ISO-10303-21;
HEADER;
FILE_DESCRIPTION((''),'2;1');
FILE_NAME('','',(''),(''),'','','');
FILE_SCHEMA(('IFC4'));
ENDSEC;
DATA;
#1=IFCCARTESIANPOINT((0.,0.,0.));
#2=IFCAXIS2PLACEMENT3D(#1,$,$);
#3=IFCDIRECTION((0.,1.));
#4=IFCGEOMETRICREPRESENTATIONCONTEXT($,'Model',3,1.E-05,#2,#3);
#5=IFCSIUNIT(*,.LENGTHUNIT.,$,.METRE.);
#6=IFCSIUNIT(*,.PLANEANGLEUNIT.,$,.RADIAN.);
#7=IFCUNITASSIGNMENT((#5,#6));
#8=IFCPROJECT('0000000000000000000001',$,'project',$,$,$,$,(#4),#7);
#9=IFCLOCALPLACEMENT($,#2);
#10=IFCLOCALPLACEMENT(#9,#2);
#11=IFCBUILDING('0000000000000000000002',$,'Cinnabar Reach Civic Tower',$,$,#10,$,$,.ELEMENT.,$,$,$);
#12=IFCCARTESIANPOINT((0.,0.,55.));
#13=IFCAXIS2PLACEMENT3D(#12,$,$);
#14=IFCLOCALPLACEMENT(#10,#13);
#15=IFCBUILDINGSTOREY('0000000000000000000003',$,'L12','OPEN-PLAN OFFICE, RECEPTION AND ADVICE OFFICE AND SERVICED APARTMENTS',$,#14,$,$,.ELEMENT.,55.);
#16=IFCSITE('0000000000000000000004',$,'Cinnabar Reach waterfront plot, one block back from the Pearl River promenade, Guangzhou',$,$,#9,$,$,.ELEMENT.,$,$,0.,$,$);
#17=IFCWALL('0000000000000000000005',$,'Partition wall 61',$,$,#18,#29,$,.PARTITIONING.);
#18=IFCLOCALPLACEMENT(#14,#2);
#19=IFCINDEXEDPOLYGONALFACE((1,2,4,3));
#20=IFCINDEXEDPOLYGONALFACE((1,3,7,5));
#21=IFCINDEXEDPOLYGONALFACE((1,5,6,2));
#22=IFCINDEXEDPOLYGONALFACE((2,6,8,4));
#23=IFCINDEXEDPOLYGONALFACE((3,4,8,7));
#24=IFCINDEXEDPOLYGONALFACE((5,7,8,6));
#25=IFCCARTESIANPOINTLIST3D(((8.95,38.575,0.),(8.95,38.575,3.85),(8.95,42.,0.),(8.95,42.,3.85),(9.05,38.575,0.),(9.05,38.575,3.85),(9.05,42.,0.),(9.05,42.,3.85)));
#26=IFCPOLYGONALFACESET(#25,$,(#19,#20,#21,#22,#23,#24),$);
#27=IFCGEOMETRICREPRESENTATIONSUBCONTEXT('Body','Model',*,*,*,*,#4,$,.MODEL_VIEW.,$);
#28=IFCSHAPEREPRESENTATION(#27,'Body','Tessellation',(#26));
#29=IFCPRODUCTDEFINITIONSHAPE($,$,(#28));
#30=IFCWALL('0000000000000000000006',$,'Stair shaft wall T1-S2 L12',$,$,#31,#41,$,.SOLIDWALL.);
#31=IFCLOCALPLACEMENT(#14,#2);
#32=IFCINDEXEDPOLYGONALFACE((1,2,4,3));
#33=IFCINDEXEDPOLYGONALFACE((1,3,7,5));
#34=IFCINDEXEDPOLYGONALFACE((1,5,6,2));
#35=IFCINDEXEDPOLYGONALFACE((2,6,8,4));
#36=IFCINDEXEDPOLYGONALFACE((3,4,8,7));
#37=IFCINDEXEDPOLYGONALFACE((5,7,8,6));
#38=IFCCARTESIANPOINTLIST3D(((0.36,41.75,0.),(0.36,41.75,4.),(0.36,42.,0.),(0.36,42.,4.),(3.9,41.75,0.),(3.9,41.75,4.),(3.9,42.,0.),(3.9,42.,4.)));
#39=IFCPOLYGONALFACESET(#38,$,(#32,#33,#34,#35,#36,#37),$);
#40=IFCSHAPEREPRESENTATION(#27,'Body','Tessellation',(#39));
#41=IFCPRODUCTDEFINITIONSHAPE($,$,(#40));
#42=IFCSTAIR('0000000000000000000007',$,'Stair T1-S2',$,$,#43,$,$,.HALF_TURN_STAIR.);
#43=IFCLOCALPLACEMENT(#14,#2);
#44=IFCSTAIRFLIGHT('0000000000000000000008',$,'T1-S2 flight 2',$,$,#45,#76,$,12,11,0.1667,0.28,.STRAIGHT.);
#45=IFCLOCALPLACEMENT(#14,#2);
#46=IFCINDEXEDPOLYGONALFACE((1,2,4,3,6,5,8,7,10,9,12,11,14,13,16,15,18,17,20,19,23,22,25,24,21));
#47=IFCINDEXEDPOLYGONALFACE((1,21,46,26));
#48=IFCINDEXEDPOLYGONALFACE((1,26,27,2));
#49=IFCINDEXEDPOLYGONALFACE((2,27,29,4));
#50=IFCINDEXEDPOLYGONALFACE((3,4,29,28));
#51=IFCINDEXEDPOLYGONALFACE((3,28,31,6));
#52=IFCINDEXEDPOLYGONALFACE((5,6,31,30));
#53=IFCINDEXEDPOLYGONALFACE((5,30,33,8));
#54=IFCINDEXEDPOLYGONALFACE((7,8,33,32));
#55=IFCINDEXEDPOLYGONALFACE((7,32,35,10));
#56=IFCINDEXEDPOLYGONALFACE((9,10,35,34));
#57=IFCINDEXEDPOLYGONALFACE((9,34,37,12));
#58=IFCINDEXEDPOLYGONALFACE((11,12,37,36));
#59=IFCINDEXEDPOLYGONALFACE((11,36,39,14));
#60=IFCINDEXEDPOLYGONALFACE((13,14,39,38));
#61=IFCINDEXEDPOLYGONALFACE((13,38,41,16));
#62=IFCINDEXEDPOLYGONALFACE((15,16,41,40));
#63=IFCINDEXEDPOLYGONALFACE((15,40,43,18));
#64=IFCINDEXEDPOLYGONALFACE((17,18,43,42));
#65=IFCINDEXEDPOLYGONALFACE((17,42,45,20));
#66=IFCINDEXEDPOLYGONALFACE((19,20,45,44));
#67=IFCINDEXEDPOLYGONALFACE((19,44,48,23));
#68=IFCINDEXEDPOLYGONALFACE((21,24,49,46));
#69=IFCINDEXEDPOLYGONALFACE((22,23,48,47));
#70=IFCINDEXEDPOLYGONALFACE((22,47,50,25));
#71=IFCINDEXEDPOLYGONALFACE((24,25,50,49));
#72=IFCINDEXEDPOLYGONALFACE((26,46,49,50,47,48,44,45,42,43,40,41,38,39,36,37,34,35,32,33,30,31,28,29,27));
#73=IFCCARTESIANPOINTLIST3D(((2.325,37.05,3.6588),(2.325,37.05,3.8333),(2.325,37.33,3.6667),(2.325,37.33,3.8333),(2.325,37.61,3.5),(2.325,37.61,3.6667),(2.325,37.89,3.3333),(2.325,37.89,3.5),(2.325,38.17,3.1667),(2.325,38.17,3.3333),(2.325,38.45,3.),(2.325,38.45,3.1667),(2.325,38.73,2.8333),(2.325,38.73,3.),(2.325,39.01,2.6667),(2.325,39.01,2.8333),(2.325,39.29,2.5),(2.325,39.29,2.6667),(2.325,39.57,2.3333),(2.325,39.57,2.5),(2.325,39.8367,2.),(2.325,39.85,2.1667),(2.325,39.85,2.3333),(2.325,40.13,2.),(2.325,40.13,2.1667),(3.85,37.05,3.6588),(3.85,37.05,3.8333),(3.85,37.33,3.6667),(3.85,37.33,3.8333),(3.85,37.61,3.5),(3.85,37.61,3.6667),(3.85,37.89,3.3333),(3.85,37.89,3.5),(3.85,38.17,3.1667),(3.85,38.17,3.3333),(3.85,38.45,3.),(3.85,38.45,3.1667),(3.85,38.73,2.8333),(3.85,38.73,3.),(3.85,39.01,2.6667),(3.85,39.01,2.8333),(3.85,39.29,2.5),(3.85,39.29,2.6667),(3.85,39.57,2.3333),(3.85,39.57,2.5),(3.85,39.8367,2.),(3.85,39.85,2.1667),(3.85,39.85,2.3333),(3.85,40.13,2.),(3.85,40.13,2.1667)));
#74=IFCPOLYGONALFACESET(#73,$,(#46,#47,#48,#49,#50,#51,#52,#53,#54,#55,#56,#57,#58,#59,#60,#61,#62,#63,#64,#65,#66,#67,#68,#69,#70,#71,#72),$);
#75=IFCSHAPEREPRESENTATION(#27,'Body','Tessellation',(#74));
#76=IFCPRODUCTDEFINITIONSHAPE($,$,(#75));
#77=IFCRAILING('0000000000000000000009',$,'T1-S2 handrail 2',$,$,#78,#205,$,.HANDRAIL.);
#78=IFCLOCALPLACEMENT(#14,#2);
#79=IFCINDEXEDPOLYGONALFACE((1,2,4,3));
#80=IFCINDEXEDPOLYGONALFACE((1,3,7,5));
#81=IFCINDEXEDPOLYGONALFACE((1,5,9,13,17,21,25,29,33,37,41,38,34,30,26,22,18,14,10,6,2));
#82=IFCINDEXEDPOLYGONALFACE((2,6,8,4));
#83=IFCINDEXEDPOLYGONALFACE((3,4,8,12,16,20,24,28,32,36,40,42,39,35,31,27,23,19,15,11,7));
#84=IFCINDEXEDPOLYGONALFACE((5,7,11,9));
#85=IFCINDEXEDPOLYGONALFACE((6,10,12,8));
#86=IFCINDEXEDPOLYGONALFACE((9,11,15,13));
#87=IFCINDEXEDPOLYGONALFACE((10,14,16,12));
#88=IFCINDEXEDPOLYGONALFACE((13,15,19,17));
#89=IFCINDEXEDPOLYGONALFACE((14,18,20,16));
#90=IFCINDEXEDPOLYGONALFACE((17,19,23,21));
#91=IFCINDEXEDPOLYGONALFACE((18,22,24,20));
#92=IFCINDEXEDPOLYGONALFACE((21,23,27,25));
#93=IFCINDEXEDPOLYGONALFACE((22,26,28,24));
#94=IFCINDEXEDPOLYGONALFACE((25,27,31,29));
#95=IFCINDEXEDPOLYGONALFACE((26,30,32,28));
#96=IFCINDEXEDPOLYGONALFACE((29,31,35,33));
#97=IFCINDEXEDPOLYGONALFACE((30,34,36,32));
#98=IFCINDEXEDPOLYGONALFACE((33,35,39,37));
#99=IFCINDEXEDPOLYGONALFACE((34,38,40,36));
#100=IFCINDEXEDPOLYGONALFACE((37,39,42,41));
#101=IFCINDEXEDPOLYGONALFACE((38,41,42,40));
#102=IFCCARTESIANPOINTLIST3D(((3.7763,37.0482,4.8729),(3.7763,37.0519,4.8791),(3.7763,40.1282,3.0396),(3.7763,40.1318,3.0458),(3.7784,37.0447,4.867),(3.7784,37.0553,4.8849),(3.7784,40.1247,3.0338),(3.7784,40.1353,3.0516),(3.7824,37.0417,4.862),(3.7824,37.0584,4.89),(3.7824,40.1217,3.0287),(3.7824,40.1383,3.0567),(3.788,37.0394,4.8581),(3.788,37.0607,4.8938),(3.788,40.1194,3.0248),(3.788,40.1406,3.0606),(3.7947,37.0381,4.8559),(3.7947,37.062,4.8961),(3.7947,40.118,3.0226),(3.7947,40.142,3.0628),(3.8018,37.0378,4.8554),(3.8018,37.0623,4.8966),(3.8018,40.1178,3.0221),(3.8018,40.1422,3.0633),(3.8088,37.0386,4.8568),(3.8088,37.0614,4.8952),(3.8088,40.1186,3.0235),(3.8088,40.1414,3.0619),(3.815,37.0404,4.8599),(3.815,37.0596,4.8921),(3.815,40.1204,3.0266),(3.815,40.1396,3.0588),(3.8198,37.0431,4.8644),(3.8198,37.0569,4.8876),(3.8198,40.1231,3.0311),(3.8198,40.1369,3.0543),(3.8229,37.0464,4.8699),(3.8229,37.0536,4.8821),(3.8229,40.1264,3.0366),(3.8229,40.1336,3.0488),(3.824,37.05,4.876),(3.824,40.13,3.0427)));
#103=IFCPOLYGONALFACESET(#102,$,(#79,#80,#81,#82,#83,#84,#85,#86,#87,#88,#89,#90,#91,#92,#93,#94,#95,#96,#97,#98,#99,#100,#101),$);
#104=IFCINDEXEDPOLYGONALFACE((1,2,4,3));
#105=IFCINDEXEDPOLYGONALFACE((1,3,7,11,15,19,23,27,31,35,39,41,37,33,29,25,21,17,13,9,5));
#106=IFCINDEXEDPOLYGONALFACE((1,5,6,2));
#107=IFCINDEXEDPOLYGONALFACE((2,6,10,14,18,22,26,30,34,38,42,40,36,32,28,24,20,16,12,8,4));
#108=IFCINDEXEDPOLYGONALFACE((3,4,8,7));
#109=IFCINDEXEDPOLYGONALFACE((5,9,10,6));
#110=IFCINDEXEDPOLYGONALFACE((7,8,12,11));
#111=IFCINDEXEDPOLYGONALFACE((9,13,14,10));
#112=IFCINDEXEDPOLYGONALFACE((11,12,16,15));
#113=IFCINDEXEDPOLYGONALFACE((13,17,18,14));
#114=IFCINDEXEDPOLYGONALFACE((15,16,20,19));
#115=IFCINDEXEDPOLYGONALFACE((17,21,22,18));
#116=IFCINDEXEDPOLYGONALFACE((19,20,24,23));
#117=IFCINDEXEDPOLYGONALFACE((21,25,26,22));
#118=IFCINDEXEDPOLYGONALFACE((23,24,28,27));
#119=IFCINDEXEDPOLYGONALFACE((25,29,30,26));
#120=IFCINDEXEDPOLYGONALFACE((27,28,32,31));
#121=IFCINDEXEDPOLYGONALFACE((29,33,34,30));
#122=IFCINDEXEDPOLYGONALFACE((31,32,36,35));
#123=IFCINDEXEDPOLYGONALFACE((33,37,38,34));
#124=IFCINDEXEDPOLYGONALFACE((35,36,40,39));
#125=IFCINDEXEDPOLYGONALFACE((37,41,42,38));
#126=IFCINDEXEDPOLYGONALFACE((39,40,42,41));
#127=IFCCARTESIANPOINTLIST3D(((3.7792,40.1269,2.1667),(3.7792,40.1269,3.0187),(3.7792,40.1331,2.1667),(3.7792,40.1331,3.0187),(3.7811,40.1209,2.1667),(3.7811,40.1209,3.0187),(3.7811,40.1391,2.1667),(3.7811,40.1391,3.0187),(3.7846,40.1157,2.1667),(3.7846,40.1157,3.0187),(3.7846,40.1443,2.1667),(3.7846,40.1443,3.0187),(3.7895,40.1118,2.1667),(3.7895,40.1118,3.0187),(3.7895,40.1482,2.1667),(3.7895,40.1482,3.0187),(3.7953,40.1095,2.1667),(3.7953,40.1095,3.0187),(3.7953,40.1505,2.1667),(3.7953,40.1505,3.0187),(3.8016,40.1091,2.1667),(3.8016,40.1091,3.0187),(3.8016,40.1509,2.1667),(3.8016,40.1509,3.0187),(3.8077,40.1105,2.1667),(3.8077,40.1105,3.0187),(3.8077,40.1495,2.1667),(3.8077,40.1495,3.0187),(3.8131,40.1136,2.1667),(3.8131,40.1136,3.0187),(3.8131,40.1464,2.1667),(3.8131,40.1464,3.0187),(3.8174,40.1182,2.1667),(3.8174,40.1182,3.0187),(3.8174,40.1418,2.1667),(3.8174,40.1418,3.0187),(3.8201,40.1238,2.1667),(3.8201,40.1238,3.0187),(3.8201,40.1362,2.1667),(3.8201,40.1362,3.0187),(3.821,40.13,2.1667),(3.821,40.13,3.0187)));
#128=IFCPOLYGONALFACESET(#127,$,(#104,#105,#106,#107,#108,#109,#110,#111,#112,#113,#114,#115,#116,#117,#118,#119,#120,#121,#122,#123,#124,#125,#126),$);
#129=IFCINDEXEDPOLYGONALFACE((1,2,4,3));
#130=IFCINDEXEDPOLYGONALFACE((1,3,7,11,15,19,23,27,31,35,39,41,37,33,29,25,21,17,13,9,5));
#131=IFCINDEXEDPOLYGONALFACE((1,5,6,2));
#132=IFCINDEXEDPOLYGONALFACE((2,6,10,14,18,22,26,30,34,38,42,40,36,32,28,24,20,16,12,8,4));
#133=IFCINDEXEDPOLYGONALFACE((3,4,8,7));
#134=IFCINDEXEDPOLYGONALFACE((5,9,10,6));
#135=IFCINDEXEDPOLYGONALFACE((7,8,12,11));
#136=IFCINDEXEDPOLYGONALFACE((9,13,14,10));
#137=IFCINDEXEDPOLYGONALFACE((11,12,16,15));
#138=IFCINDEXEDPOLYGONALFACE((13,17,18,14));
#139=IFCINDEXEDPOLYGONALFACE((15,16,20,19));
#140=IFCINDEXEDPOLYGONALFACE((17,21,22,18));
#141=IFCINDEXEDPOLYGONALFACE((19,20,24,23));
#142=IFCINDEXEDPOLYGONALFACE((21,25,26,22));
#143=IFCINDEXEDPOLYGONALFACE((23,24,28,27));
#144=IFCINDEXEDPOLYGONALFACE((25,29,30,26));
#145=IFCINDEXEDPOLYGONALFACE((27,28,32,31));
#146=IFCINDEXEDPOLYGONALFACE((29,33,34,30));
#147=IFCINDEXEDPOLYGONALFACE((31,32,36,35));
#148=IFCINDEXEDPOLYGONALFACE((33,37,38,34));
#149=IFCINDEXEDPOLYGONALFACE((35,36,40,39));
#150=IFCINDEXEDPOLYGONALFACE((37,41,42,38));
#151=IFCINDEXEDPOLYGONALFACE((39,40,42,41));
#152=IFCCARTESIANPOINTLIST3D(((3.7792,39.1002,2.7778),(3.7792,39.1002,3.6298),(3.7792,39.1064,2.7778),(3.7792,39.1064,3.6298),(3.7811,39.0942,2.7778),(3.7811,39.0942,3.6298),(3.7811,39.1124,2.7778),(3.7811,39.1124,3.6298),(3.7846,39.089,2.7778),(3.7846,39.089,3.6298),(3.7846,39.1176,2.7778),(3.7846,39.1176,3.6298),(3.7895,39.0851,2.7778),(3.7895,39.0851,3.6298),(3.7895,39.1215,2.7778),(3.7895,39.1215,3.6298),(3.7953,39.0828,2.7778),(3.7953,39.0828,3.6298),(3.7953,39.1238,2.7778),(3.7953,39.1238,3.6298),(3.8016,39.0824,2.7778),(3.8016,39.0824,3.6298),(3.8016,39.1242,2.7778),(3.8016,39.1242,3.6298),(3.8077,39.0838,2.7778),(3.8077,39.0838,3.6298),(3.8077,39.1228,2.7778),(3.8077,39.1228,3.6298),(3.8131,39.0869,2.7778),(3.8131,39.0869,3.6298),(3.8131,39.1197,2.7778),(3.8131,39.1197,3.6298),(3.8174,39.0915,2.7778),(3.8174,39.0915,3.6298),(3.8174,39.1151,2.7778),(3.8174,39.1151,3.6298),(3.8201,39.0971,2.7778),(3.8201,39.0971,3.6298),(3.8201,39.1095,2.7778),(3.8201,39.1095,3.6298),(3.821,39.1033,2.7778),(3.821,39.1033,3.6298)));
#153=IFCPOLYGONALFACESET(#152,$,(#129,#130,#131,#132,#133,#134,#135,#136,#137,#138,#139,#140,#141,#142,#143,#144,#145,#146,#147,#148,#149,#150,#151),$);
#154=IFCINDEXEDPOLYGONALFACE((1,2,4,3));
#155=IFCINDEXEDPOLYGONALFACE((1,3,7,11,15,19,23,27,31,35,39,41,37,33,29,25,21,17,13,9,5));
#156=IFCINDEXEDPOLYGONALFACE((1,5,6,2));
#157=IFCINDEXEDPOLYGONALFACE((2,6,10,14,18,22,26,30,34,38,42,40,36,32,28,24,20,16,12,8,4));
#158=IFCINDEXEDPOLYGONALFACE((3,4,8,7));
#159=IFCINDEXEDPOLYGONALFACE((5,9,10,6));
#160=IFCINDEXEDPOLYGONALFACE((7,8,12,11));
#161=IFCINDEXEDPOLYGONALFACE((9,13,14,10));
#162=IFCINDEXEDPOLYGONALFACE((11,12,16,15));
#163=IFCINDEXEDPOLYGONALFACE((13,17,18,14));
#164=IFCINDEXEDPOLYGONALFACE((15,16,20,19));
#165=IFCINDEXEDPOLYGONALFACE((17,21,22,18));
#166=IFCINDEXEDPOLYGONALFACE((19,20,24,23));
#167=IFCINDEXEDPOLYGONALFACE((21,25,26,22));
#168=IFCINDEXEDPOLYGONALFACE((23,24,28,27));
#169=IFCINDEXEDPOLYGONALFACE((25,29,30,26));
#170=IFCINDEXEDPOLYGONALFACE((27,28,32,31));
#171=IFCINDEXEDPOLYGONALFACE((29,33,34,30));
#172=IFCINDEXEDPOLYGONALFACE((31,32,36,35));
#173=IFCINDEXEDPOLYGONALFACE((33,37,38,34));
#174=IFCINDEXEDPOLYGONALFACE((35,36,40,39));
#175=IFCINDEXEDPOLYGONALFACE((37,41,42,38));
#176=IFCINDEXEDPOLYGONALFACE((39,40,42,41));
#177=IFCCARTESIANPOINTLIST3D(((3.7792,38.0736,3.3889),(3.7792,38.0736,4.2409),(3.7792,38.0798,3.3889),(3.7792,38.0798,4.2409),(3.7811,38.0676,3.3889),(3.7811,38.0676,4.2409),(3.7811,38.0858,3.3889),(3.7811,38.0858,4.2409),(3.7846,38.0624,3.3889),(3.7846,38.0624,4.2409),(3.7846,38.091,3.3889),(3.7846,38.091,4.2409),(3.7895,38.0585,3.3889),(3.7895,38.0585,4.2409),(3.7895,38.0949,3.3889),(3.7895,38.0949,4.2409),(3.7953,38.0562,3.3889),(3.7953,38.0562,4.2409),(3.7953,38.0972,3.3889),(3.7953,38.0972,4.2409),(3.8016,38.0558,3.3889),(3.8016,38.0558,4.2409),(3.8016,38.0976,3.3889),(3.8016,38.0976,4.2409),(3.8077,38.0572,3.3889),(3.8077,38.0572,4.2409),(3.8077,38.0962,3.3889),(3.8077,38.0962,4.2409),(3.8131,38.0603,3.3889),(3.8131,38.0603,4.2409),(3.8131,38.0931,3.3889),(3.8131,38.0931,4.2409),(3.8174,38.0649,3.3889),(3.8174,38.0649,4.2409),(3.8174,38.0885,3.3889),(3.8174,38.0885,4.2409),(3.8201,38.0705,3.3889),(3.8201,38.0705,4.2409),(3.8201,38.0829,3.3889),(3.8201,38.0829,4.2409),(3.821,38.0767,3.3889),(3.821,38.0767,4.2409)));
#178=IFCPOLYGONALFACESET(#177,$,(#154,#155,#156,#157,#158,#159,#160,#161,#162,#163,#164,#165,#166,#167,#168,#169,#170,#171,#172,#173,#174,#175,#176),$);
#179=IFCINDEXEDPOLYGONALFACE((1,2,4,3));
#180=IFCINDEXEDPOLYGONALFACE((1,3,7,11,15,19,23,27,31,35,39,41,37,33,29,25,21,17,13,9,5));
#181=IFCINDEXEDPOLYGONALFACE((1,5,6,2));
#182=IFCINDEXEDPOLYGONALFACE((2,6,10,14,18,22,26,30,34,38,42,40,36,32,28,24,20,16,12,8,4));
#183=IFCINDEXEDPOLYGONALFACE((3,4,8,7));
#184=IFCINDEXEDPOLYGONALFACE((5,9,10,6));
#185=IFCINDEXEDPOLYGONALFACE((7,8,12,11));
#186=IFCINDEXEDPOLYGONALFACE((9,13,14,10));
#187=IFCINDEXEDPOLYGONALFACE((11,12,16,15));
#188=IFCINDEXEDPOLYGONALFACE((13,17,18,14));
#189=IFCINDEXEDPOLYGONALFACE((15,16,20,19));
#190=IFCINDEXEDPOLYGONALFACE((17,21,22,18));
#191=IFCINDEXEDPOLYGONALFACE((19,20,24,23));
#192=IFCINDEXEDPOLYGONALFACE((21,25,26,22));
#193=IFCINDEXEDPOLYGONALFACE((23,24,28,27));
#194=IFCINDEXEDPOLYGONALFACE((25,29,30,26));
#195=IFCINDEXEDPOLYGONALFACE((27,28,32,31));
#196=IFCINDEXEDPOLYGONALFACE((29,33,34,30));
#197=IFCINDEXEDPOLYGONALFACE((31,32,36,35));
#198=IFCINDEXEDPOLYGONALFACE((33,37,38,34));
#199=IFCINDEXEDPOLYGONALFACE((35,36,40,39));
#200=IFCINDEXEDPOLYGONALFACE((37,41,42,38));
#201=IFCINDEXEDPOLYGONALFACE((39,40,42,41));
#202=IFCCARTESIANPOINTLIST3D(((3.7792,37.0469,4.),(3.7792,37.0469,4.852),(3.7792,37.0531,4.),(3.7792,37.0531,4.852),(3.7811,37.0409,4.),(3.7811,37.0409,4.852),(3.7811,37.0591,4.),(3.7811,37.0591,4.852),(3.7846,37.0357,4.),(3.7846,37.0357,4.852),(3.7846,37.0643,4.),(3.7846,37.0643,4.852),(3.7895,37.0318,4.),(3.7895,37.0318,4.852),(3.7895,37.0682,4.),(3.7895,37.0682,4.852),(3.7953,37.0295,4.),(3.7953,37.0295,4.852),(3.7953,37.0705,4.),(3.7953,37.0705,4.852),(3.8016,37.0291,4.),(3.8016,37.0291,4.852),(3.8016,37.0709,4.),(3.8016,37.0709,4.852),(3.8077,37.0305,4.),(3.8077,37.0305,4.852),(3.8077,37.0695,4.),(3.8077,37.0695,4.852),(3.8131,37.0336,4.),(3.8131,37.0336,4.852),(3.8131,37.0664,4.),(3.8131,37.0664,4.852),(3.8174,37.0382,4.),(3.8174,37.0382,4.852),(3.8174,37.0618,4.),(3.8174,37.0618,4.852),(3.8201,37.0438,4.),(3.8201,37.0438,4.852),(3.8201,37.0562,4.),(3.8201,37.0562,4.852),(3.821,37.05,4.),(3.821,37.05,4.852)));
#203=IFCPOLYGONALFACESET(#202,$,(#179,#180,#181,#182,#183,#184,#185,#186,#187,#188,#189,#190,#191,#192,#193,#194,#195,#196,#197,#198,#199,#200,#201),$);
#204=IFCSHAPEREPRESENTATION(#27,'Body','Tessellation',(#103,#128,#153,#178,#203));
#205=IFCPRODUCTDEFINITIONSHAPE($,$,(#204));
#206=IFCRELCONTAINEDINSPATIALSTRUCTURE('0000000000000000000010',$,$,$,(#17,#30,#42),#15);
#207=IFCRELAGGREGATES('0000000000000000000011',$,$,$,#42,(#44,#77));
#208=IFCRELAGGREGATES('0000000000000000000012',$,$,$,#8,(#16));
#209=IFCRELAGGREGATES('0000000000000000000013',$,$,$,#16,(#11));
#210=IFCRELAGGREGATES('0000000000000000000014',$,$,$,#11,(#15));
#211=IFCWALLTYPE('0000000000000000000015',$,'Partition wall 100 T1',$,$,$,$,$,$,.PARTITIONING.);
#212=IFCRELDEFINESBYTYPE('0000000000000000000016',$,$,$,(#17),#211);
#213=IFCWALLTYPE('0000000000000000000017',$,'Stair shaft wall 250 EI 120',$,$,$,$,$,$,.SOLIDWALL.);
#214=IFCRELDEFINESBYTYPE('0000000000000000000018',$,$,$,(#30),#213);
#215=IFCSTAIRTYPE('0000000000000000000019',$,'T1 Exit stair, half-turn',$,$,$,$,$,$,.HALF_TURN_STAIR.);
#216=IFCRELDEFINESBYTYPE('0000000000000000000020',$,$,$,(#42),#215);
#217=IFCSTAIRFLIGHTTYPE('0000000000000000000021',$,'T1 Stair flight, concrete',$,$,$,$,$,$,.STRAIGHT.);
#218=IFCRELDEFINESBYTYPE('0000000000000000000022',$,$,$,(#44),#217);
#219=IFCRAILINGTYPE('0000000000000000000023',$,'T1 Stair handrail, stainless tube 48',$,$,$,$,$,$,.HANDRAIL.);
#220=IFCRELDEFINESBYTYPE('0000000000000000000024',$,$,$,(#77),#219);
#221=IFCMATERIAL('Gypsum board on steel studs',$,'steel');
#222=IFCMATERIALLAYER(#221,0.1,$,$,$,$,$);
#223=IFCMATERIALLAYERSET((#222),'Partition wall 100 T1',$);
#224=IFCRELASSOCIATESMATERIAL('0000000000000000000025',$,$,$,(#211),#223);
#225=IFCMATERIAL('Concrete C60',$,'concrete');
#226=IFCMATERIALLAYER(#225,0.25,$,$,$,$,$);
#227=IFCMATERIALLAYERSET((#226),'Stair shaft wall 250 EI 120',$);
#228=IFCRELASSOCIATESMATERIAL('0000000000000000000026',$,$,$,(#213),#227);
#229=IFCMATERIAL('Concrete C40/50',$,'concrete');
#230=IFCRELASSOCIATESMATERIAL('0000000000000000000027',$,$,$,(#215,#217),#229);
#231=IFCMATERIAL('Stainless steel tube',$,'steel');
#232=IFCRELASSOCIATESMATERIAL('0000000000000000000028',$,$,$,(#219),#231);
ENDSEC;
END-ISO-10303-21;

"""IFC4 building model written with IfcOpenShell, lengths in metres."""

from ifc_helpers import new_model, si_unit, direction, frame, frame_2d, origin, origin_2d, place, context, subcontext, project, spatial, polyline, rectangle, circle, outline, extrude, material, layer, layer_set, type_object, element, aggregate, save


model = new_model("IFC4")

# Units and contexts
model_context = context("Model", 3, precision=1e-05, world=origin(), true_north=direction((0.0, 1.0)))
body_context = subcontext(model_context, "Body", "Model", "MODEL_VIEW")
ifc_project = project(units=[si_unit("LENGTHUNIT", "METRE"), si_unit("PLANEANGLEUNIT", "RADIAN")], contexts=[model_context])

# Site, building, storey
site_placement = place(None, origin())
site = spatial("IfcSite", under=ifc_project, at=site_placement, Name="Cinnabar Reach waterfront plot, one block back from the Pearl River promenade, Guangzhou", CompositionType="ELEMENT", RefElevation=0.0)
building_placement = place(site_placement, origin())
building = spatial("IfcBuilding", under=site, at=building_placement, Name="Cinnabar Reach Civic Tower", CompositionType="ELEMENT")
storey_placement = place(building_placement, frame((0.0, 0.0, 55.0)))
storey = spatial("IfcBuildingStorey", under=building, at=storey_placement, Name="L12", Description="OPEN-PLAN OFFICE, RECEPTION AND ADVICE OFFICE AND SERVICED APARTMENTS", CompositionType="ELEMENT", Elevation=55.0)

# Walls
ifc_material_1 = material(Name="Gypsum board on steel studs", Category="steel")
ifc_layer_1 = layer(ifc_material_1, 0.1)
ifc_layer_set_1 = layer_set([ifc_layer_1], Name="Partition wall 100 T1")
wall_type_1 = type_object("IfcWallType", Name="Partition wall 100 T1", PredefinedType="PARTITIONING", material=ifc_layer_set_1)
wall_1_placement = place(storey_placement, frame((9.0, 38.575, 0.0), z_axis=(0.0, 0.0, 1.0), x_axis=(0.0, 1.0, 0.0)))
element("IfcWall", 1, at=wall_1_placement, inside=storey, type_object=wall_type_1, Name="Partition wall 61", PredefinedType="PARTITIONING", context=body_context, shape_type="SweptSolid", body=[
    extrude(rectangle(XDim=3.425, YDim=0.1, at=frame_2d((1.7125, 0.0))), origin(), (0.0, 0.0, 1.0), 3.85),
])
ifc_material_2 = material(Name="Concrete C60", Category="concrete")
ifc_layer_2 = layer(ifc_material_2, 0.25)
ifc_layer_set_2 = layer_set([ifc_layer_2], Name="Stair shaft wall 250 EI 120")
wall_type_2 = type_object("IfcWallType", Name="Stair shaft wall 250 EI 120", PredefinedType="SOLIDWALL", material=ifc_layer_set_2)
wall_2_placement = place(storey_placement, frame((3.9, 41.875, 0.0), z_axis=(0.0, 0.0, 1.0), x_axis=(-1.0, 0.0, 0.0)))
element("IfcWall", 2, at=wall_2_placement, inside=storey, type_object=wall_type_2, Name="Stair shaft wall T1-S2 L12", PredefinedType="SOLIDWALL", context=body_context, shape_type="SweptSolid", body=[
    extrude(rectangle(XDim=3.54, YDim=0.25, at=frame_2d((1.77, 0.0))), origin(), (0.0, 0.0, 1.0), 4.0),
])

# Stair, stair flight, railing
ifc_material_3 = material(Name="Concrete C40/50", Category="concrete")
stair_type = type_object("IfcStairType", Name="T1 Exit stair, half-turn", PredefinedType="HALF_TURN_STAIR", material=ifc_material_3)
stair_placement = place(storey_placement, origin())
stair = element("IfcStair", 3, at=stair_placement, inside=storey, type_object=stair_type, Name="Stair T1-S2", PredefinedType="HALF_TURN_STAIR")
stair_flight_type = type_object("IfcStairFlightType", Name="T1 Stair flight, concrete", PredefinedType="STRAIGHT", material=ifc_material_3)
stair_flight_placement = place(storey_placement, frame((3.0875, 40.13, 2.0), z_axis=(0.0, 0.0, 1.0), x_axis=(0.0, -1.0, 0.0)))
stair_flight = element("IfcStairFlight", 4, at=stair_flight_placement, type_object=stair_flight_type, Name="T1-S2 flight 2", NumberOfRisers=12, NumberOfTreads=11, PredefinedType="STRAIGHT", RiserHeight=0.1667, TreadLength=0.28, context=body_context, shape_type="SweptSolid", body=[
    extrude(outline(polyline([(0.0, 0.0), (0.0, 0.1667), (0.28, 0.1667), (0.28, 0.3333), (0.56, 0.3333), (0.56, 0.5), (0.84, 0.5), (0.84, 0.6667), (1.12, 0.6667), (1.12, 0.8333), (1.4, 0.8333), (1.4, 1.0), (1.68, 1.0), (1.68, 1.1667), (1.96, 1.1667), (1.96, 1.3333), (2.24, 1.3333), (2.24, 1.5), (2.52, 1.5), (2.52, 1.6667), (2.8, 1.6667), (2.8, 1.8333), (3.08, 1.8333), (3.08, 2.0), (3.08, 1.6588), (0.2933, 0.0), (0.0, 0.0)])), frame((0.0, 0.7625, 0.0), z_axis=(0.0, -1.0, 0.0), x_axis=(1.0, 0.0, 0.0)), (0.0, 0.0, 1.0), 1.525),
])
ifc_material_4 = material(Name="Stainless steel tube", Category="steel")
railing_type = type_object("IfcRailingType", Name="T1 Stair handrail, stainless tube 48", PredefinedType="HANDRAIL", material=ifc_material_4)
railing_placement = place(storey_placement, frame((3.8, 40.13, 2.1667)))
railing = element("IfcRailing", 5, at=railing_placement, type_object=railing_type, Name="T1-S2 handrail 2", PredefinedType="HANDRAIL", context=body_context, shape_type="SweptSolid", body=[
    extrude(circle(Radius=0.024, at=origin_2d()), frame((0.0, 0.0, 0.876), z_axis=(0.0, -0.859297, 0.511477), x_axis=(1.0, 0.0, 0.0)), (0.0, 0.0, 1.0), 3.5843),
    extrude(circle(Radius=0.021, at=origin_2d()), origin(), (0.0, 0.0, 1.0), 0.852),
    extrude(circle(Radius=0.021, at=origin_2d()), frame((0.0, -1.0267, 0.6111)), (0.0, 0.0, 1.0), 0.852),
    extrude(circle(Radius=0.021, at=origin_2d()), frame((0.0, -2.0533, 1.2222)), (0.0, 0.0, 1.0), 0.852),
    extrude(circle(Radius=0.021, at=origin_2d()), frame((0.0, -3.08, 1.8333)), (0.0, 0.0, 1.0), 0.852),
])
aggregate(stair, [stair_flight, railing])

save(model, "model.ifc")
